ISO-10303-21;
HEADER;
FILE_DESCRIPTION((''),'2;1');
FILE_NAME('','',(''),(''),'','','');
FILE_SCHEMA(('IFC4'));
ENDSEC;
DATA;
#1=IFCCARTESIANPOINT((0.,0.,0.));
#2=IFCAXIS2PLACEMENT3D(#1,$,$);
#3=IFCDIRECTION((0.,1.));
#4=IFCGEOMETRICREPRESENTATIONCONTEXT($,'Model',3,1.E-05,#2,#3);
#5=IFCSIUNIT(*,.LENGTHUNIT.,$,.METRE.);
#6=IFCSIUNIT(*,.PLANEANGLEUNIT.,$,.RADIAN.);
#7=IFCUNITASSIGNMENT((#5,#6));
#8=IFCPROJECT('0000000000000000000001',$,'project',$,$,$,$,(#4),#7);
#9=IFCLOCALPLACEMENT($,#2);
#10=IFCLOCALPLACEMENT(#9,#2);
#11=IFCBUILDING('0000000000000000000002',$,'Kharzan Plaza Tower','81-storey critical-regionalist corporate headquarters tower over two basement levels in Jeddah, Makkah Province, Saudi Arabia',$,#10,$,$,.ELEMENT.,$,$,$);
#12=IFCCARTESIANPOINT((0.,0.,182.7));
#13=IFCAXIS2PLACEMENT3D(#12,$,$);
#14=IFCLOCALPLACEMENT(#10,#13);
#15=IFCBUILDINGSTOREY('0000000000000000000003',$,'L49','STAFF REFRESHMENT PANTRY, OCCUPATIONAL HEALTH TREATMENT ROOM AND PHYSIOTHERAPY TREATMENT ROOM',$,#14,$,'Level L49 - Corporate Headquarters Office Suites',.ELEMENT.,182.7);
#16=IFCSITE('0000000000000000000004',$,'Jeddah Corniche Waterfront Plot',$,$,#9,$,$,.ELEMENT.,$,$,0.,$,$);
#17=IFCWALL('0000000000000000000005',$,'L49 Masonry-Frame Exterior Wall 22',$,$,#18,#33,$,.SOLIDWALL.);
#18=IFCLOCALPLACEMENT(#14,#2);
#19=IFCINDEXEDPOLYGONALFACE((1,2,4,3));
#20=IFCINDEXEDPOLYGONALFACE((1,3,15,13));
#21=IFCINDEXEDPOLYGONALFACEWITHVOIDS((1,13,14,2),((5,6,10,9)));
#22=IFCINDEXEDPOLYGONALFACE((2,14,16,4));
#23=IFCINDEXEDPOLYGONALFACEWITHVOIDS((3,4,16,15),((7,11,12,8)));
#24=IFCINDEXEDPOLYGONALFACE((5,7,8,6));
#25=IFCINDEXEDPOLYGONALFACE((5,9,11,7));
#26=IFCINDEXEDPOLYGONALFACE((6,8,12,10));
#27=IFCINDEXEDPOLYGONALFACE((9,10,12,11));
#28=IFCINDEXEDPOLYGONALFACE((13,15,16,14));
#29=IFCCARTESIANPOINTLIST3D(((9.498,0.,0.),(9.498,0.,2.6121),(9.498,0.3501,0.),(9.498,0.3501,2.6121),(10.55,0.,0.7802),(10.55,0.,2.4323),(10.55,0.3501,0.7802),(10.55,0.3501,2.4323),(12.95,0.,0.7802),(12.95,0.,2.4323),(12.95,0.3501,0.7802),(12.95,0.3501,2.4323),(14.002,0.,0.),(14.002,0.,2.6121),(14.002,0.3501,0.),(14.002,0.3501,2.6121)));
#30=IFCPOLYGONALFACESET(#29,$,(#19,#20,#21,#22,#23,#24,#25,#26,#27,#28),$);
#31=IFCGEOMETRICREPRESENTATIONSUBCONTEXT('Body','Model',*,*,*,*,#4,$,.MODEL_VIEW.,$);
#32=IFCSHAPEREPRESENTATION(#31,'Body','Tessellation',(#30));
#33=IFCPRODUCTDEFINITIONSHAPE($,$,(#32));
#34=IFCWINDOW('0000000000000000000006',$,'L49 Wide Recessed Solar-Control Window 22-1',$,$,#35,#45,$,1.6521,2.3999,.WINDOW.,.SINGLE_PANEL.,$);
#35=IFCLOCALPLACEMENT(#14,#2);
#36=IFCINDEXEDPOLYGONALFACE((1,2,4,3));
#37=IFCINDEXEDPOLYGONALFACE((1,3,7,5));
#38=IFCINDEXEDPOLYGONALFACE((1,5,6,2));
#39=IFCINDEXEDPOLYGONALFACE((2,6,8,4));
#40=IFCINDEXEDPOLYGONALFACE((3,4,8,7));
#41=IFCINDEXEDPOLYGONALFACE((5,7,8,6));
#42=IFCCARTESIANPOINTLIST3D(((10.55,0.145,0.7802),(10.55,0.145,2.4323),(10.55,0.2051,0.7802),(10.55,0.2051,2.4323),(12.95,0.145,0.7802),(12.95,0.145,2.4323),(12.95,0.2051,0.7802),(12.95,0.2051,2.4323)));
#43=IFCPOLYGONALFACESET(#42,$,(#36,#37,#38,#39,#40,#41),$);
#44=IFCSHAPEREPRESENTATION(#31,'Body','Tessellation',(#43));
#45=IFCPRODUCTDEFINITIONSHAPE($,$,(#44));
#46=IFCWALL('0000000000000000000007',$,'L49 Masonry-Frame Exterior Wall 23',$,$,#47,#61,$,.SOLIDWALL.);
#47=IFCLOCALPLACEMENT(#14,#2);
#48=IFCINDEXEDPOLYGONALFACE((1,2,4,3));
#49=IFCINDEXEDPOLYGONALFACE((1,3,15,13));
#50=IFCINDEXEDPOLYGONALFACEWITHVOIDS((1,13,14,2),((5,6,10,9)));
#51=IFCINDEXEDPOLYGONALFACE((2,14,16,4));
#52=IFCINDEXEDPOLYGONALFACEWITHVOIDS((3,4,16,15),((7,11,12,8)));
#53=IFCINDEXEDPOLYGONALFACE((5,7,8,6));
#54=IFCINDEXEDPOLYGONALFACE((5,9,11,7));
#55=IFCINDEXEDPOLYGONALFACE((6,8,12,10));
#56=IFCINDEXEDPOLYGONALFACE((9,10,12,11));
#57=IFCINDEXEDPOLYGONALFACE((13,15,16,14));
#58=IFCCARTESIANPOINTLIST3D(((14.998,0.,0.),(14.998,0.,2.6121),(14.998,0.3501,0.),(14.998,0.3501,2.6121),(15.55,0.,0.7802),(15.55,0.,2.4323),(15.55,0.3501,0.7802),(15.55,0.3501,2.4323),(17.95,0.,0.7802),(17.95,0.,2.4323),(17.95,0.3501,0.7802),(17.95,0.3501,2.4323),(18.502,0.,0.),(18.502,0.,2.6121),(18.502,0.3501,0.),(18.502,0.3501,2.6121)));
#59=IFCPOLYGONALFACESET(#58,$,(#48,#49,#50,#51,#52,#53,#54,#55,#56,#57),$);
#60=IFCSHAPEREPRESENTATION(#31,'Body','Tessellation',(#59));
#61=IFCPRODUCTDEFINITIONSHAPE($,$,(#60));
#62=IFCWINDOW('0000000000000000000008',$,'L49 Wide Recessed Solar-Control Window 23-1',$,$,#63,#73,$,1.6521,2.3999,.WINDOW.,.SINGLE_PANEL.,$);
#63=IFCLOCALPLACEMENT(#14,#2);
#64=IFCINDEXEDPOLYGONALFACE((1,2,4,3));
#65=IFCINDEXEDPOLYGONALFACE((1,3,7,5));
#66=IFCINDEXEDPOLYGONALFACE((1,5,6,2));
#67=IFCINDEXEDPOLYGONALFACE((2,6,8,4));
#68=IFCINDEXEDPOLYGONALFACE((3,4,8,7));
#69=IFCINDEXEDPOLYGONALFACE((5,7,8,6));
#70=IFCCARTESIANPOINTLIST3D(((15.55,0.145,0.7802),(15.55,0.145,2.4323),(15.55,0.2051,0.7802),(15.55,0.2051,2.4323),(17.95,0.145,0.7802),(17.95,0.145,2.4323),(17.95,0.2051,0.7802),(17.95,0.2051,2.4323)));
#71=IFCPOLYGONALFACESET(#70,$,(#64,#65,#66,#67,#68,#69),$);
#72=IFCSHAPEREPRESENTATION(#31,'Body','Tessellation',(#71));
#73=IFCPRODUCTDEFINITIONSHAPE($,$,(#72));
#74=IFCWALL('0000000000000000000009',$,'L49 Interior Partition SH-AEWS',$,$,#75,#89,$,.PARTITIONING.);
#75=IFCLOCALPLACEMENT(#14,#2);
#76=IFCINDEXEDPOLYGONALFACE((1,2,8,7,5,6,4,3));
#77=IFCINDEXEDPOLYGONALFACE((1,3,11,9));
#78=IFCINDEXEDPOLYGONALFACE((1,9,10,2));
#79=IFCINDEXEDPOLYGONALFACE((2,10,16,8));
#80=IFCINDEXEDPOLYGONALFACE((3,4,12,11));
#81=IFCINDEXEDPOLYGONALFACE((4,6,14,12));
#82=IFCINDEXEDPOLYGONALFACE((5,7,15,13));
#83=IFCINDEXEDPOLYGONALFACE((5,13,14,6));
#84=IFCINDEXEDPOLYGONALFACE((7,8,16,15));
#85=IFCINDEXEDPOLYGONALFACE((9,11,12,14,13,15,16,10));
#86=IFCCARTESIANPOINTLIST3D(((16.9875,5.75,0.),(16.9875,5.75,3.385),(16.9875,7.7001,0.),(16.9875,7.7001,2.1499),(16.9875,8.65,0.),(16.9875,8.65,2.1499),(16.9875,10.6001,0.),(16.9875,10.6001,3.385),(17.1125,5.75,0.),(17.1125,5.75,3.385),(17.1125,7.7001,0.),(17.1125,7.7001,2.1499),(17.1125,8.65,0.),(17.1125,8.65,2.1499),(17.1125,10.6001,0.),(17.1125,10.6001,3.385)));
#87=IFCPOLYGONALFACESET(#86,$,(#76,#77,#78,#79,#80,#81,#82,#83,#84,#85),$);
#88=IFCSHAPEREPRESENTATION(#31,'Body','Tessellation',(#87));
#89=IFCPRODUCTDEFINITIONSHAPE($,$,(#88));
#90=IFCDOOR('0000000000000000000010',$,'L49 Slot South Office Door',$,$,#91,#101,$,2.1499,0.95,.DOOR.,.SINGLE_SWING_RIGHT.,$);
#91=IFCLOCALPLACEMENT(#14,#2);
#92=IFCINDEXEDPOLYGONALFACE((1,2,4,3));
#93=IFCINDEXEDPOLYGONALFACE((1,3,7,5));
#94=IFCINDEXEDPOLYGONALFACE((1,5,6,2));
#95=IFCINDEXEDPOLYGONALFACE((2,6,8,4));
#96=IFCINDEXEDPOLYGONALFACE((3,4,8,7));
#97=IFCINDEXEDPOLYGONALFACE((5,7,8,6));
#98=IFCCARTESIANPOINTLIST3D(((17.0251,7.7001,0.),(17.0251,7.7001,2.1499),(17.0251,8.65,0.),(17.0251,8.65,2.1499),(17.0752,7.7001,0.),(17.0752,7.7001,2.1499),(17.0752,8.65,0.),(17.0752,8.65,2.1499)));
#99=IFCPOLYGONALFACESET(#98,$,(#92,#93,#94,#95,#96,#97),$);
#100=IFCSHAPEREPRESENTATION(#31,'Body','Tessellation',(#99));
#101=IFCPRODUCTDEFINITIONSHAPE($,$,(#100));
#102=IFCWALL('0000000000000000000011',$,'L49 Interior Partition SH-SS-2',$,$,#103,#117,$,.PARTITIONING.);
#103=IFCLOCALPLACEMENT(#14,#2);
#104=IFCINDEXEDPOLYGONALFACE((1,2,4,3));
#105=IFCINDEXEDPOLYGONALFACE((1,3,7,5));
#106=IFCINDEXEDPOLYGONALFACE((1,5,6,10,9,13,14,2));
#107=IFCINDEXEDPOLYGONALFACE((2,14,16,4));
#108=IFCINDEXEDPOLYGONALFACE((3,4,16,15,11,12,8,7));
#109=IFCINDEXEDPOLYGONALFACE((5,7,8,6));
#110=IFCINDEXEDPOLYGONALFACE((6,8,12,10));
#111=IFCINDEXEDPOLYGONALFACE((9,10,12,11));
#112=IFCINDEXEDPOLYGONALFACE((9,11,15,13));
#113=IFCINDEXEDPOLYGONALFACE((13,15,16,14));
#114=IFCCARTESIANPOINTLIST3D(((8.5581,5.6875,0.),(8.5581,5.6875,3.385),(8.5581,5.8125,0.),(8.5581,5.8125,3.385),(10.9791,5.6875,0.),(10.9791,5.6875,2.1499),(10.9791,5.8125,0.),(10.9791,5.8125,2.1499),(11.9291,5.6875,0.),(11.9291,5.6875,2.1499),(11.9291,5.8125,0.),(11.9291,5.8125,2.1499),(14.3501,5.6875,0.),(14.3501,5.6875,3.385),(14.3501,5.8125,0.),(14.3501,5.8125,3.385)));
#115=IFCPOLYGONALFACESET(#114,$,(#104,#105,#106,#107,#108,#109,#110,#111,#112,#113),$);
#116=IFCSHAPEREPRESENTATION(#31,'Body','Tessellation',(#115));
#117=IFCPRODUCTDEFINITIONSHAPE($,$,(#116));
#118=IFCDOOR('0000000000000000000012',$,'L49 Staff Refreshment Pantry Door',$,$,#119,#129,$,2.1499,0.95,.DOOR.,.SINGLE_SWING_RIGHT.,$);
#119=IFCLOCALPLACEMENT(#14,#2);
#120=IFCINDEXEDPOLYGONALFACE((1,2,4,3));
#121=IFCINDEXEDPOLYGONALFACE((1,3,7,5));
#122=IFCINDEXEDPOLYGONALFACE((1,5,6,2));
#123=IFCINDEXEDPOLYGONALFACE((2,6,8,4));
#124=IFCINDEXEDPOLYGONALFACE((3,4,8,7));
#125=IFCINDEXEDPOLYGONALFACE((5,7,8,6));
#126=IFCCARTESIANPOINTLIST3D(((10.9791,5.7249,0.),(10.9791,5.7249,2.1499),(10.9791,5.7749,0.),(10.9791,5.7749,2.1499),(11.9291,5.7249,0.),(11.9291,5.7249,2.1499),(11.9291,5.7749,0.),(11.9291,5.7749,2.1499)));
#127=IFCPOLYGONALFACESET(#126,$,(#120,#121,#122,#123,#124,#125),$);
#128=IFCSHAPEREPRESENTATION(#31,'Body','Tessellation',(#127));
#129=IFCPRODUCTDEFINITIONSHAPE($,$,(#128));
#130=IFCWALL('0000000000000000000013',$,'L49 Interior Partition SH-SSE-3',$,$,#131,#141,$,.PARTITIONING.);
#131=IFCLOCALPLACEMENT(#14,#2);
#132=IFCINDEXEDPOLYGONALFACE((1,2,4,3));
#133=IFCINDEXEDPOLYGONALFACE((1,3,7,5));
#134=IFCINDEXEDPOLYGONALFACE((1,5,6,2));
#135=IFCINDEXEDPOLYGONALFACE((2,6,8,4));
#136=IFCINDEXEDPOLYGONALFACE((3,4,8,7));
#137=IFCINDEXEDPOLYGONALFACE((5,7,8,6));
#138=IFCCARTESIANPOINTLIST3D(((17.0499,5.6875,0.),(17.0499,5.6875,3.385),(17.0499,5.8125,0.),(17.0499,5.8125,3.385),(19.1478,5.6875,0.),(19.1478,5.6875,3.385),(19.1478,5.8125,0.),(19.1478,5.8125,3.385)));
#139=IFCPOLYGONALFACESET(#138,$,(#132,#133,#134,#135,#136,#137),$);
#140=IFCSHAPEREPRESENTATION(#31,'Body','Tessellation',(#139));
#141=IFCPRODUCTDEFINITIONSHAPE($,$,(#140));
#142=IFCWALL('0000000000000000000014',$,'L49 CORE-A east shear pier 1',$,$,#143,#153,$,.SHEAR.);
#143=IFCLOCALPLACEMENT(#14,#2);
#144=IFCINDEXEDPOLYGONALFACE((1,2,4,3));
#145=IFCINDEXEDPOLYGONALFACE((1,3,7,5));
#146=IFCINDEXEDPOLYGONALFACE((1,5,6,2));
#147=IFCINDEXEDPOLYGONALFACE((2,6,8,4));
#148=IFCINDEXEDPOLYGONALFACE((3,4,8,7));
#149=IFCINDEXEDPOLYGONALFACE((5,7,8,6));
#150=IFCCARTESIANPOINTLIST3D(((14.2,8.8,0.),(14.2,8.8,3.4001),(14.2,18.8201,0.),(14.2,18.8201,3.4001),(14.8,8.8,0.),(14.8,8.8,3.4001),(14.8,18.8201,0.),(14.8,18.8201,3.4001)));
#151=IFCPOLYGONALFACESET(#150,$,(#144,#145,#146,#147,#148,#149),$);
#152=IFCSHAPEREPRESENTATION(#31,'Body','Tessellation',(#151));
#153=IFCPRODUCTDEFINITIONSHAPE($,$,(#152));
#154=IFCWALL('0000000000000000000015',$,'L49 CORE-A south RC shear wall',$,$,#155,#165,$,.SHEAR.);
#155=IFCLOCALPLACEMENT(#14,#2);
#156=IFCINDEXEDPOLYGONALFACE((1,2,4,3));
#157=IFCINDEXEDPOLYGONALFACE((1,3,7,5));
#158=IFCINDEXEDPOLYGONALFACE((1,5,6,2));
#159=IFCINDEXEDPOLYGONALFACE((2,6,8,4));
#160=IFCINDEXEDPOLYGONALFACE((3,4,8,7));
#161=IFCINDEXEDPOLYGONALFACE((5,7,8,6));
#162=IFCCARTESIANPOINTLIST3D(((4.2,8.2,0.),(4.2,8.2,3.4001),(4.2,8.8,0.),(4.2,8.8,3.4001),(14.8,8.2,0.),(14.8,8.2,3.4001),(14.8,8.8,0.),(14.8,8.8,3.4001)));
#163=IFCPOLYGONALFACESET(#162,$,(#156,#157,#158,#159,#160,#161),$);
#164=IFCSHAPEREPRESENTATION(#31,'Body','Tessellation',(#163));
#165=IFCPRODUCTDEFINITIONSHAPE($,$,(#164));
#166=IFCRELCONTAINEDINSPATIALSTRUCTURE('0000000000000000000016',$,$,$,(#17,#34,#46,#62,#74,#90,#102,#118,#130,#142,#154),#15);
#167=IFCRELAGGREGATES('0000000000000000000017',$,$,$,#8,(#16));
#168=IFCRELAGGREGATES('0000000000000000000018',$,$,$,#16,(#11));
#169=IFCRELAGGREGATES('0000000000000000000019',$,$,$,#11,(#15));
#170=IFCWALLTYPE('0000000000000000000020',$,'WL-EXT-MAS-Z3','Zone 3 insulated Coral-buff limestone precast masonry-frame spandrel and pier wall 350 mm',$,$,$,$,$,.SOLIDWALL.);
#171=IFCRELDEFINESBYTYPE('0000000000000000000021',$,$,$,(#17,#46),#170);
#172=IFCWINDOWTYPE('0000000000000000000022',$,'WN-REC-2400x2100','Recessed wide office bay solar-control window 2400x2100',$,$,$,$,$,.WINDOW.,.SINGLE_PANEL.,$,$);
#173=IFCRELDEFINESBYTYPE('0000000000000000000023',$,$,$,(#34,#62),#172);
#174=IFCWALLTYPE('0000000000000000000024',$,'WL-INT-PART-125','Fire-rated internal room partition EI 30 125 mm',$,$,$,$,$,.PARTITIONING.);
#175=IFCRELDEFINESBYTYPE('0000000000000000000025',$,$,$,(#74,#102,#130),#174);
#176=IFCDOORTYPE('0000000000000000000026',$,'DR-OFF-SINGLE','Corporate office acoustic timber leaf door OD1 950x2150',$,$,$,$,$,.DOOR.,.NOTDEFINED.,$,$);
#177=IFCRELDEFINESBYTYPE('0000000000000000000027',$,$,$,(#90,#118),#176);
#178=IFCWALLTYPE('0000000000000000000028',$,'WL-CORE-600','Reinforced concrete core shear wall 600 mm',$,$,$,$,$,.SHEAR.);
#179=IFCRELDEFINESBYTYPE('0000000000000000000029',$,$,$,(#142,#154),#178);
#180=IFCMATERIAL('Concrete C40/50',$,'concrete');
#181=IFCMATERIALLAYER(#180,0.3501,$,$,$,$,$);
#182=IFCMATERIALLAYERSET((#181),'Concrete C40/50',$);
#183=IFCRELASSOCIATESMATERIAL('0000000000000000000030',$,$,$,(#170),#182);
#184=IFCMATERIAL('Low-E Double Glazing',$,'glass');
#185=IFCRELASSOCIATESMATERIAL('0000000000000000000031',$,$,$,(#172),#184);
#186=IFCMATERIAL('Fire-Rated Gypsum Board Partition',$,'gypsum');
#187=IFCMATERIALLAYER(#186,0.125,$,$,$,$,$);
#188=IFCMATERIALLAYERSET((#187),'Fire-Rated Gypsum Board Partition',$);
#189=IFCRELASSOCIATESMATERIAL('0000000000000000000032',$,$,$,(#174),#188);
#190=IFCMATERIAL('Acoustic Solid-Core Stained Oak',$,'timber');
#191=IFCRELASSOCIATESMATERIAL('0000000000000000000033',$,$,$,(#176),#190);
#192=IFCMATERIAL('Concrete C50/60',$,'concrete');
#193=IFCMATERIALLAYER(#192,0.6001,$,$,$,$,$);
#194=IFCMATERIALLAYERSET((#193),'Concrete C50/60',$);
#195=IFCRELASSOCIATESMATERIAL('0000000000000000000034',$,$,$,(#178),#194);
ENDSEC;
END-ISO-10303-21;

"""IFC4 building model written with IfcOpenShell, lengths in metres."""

from ifc_helpers import new_model, si_unit, direction, frame, frame_2d, origin, place, context, subcontext, project, spatial, rectangle, extrude, source, transform, mapped, material, layer, layer_set, type_object, element, fill, save


model = new_model("IFC4")

# Units and contexts
model_context = context("Model", 3, precision=1e-05, world=origin(), true_north=direction((0.0, 1.0)))
body_context = subcontext(model_context, "Body", "Model", "MODEL_VIEW")
ifc_project = project(units=[si_unit("LENGTHUNIT", "METRE"), si_unit("PLANEANGLEUNIT", "RADIAN")], contexts=[model_context])

# Site, building, storey
site_placement = place(None, origin())
site = spatial("IfcSite", under=ifc_project, at=site_placement, Name="Jeddah Corniche Waterfront Plot", CompositionType="ELEMENT", RefElevation=0.0)
building_placement = place(site_placement, origin())
building = spatial("IfcBuilding", under=site, at=building_placement, Name="Kharzan Plaza Tower", Description="81-storey critical-regionalist corporate headquarters tower over two basement levels in Jeddah, Makkah Province, Saudi Arabia", CompositionType="ELEMENT")
storey_placement = place(building_placement, frame((0.0, 0.0, 182.7)))
storey = spatial("IfcBuildingStorey", under=building, at=storey_placement, Name="L49", Description="STAFF REFRESHMENT PANTRY, OCCUPATIONAL HEALTH TREATMENT ROOM AND PHYSIOTHERAPY TREATMENT ROOM", LongName="Level L49 - Corporate Headquarters Office Suites", CompositionType="ELEMENT", Elevation=182.7)

# Shared definitions
ifc_material_1 = material(Name="Concrete C50/60", Category="concrete")

# Walls, openings, windows
ifc_material_2 = material(Name="Concrete C40/50", Category="concrete")
ifc_layer_1 = layer(ifc_material_2, 0.3501)
ifc_layer_set_1 = layer_set([ifc_layer_1], Name="Concrete C40/50")
wall_type_1 = type_object("IfcWallType", Name="WL-EXT-MAS-Z3", Description="Zone 3 insulated Coral-buff limestone precast masonry-frame spandrel and pier wall 350 mm", PredefinedType="SOLIDWALL", material=ifc_layer_set_1)
ifc_material_3 = material(Name="Low-E Double Glazing", Category="glass")
window_type = type_object("IfcWindowType", Name="WN-REC-2400x2100", Description="Recessed wide office bay solar-control window 2400x2100", PartitioningType="SINGLE_PANEL", PredefinedType="WINDOW", material=ifc_material_3)
shared_shape_1 = source(origin(), body_context, "Body", "SweptSolid", [
    extrude(rectangle(XDim=2.3999, YDim=1.6521, at=frame_2d((1.2, 0.8262))), frame((0.0, 0.03, 0.0), z_axis=(0.0, -1.0, 0.0), x_axis=(1.0, 0.0, 0.0)), (0.0, 0.0, 1.0), 0.0601),
])
wall_1_placement = place(storey_placement, frame((9.498, 0.175, 0.0), z_axis=(0.0, 0.0, 1.0), x_axis=(1.0, 0.0, 0.0)))
wall_1 = element("IfcWall", 1, at=wall_1_placement, inside=storey, type_object=wall_type_1, Name="L49 Masonry-Frame Exterior Wall 22", PredefinedType="SOLIDWALL", context=body_context, shape_type="SweptSolid", body=[
    extrude(rectangle(XDim=4.5039, YDim=0.3501, at=frame_2d((2.252, 0.0))), origin(), (0.0, 0.0, 1.0), 2.6121),
])
opening_1_placement = place(wall_1_placement, frame((1.052, 0.0, 0.78)))
opening_1 = element("IfcOpeningElement", 2, at=opening_1_placement, cuts=wall_1, PredefinedType="OPENING", context=body_context, shape_type="SweptSolid", body=[
    extrude(rectangle(XDim=2.3999, YDim=1.6521, at=frame_2d((1.2, 0.8262))), frame((0.0, 0.1851, 0.0), z_axis=(0.0, -1.0, 0.0), x_axis=(1.0, 0.0, 0.0)), (0.0, 0.0, 1.0), 0.3701),
])
window_1_placement = place(opening_1_placement, origin())
window_1 = element("IfcWindow", 3, at=window_1_placement, inside=storey, type_object=window_type, Name="L49 Wide Recessed Solar-Control Window 22-1", OverallHeight=1.6521, OverallWidth=2.3999, PartitioningType="SINGLE_PANEL", PredefinedType="WINDOW", context=body_context, shape_type="MappedRepresentation", body=[
    mapped(shared_shape_1, transform((0.0, 0.0, 0.0), x_axis=(1.0, 0.0, 0.0), y_axis=(0.0, 1.0, 0.0), z_axis=(0.0, 0.0, 1.0))),
])
fill(opening_1, window_1)
wall_2_placement = place(storey_placement, frame((14.998, 0.175, 0.0), z_axis=(0.0, 0.0, 1.0), x_axis=(1.0, 0.0, 0.0)))
wall_2 = element("IfcWall", 4, at=wall_2_placement, inside=storey, type_object=wall_type_1, Name="L49 Masonry-Frame Exterior Wall 23", PredefinedType="SOLIDWALL", context=body_context, shape_type="SweptSolid", body=[
    extrude(rectangle(XDim=3.5039, YDim=0.3501, at=frame_2d((1.752, 0.0))), origin(), (0.0, 0.0, 1.0), 2.6121),
])
opening_2_placement = place(wall_2_placement, frame((0.552, 0.0, 0.78)))
opening_2 = element("IfcOpeningElement", 5, at=opening_2_placement, cuts=wall_2, PredefinedType="OPENING", context=body_context, shape_type="SweptSolid", body=[
    extrude(rectangle(XDim=2.3999, YDim=1.6521, at=frame_2d((1.2, 0.8262))), frame((0.0, 0.1851, 0.0), z_axis=(0.0, -1.0, 0.0), x_axis=(1.0, 0.0, 0.0)), (0.0, 0.0, 1.0), 0.3701),
])
window_2_placement = place(opening_2_placement, origin())
window_2 = element("IfcWindow", 6, at=window_2_placement, inside=storey, type_object=window_type, Name="L49 Wide Recessed Solar-Control Window 23-1", OverallHeight=1.6521, OverallWidth=2.3999, PartitioningType="SINGLE_PANEL", PredefinedType="WINDOW", context=body_context, shape_type="MappedRepresentation", body=[
    mapped(shared_shape_1, transform((0.0, 0.0, 0.0), x_axis=(1.0, 0.0, 0.0), y_axis=(0.0, 1.0, 0.0), z_axis=(0.0, 0.0, 1.0))),
])
fill(opening_2, window_2)

# Walls, openings, doors
ifc_material_4 = material(Name="Fire-Rated Gypsum Board Partition", Category="gypsum")
ifc_layer_2 = layer(ifc_material_4, 0.125)
ifc_layer_set_2 = layer_set([ifc_layer_2], Name="Fire-Rated Gypsum Board Partition")
wall_type_2 = type_object("IfcWallType", Name="WL-INT-PART-125", Description="Fire-rated internal room partition EI 30 125 mm", PredefinedType="PARTITIONING", material=ifc_layer_set_2)
wall_3_placement = place(storey_placement, frame((17.05, 5.75, 0.0), z_axis=(0.0, 0.0, 1.0), x_axis=(0.0, 1.0, 0.0)))
wall_3 = element("IfcWall", 7, at=wall_3_placement, inside=storey, type_object=wall_type_2, Name="L49 Interior Partition SH-AEWS", PredefinedType="PARTITIONING", context=body_context, shape_type="SweptSolid", body=[
    extrude(rectangle(XDim=4.8501, YDim=0.125, at=frame_2d((2.425, 0.0))), origin(), (0.0, 0.0, 1.0), 3.385),
])
opening_3_placement = place(wall_3_placement, frame((1.95, 0.0, 0.0)))
opening_3 = element("IfcOpeningElement", 8, at=opening_3_placement, cuts=wall_3, PredefinedType="OPENING", context=body_context, shape_type="SweptSolid", body=[
    extrude(rectangle(XDim=0.95, YDim=2.1499, at=frame_2d((0.4751, 1.075))), frame((0.0, 0.0725, 0.0), z_axis=(0.0, -1.0, 0.0), x_axis=(1.0, 0.0, 0.0)), (0.0, 0.0, 1.0), 0.145),
])
ifc_material_5 = material(Name="Acoustic Solid-Core Stained Oak", Category="timber")
door_type = type_object("IfcDoorType", Name="DR-OFF-SINGLE", Description="Corporate office acoustic timber leaf door OD1 950x2150", OperationType="NOTDEFINED", PredefinedType="DOOR", material=ifc_material_5)
shared_shape_2 = source(origin(), body_context, "Body", "SweptSolid", [
    extrude(rectangle(XDim=0.95, YDim=2.1499, at=frame_2d((0.4751, 1.075))), frame((0.0, 0.0249, 0.0), z_axis=(0.0, -1.0, 0.0), x_axis=(1.0, 0.0, 0.0)), (0.0, 0.0, 1.0), 0.05),
])
door_1_placement = place(opening_3_placement, origin())
door_1 = element("IfcDoor", 9, at=door_1_placement, inside=storey, type_object=door_type, Name="L49 Slot South Office Door", OperationType="SINGLE_SWING_RIGHT", OverallHeight=2.1499, OverallWidth=0.95, PredefinedType="DOOR", context=body_context, shape_type="MappedRepresentation", body=[
    mapped(shared_shape_2, transform((0.0, 0.0, 0.0), x_axis=(1.0, 0.0, 0.0), y_axis=(0.0, 1.0, 0.0), z_axis=(0.0, 0.0, 1.0))),
])
fill(opening_3, door_1)
wall_4_placement = place(storey_placement, frame((8.5581, 5.75, 0.0), z_axis=(0.0, 0.0, 1.0), x_axis=(1.0, 0.0, 0.0)))
wall_4 = element("IfcWall", 10, at=wall_4_placement, inside=storey, type_object=wall_type_2, Name="L49 Interior Partition SH-SS-2", PredefinedType="PARTITIONING", context=body_context, shape_type="SweptSolid", body=[
    extrude(rectangle(XDim=5.792, YDim=0.125, at=frame_2d((2.896, 0.0))), origin(), (0.0, 0.0, 1.0), 3.385),
])
opening_4_placement = place(wall_4_placement, frame((2.4209, 0.0, 0.0)))
opening_4 = element("IfcOpeningElement", 11, at=opening_4_placement, cuts=wall_4, PredefinedType="OPENING", context=body_context, shape_type="SweptSolid", body=[
    extrude(rectangle(XDim=0.95, YDim=2.1499, at=frame_2d((0.4751, 1.075))), frame((0.0, 0.0725, 0.0), z_axis=(0.0, -1.0, 0.0), x_axis=(1.0, 0.0, 0.0)), (0.0, 0.0, 1.0), 0.145),
])
door_2_placement = place(opening_4_placement, origin())
door_2 = element("IfcDoor", 12, at=door_2_placement, inside=storey, type_object=door_type, Name="L49 Staff Refreshment Pantry Door", OperationType="SINGLE_SWING_RIGHT", OverallHeight=2.1499, OverallWidth=0.95, PredefinedType="DOOR", context=body_context, shape_type="MappedRepresentation", body=[
    mapped(shared_shape_2, transform((0.0, 0.0, 0.0), x_axis=(1.0, 0.0, 0.0), y_axis=(0.0, 1.0, 0.0), z_axis=(0.0, 0.0, 1.0))),
])
fill(opening_4, door_2)

# Walls
shared_shape_3 = source(origin(), body_context, "Body", "SweptSolid", [
    extrude(rectangle(XDim=2.0979, YDim=0.125, at=frame_2d((1.0488, 0.0))), origin(), (0.0, 0.0, 1.0), 3.385),
])
wall_5_placement = place(storey_placement, frame((17.05, 5.75, 0.0), z_axis=(0.0, 0.0, 1.0), x_axis=(1.0, 0.0, 0.0)))
element("IfcWall", 13, at=wall_5_placement, inside=storey, type_object=wall_type_2, Name="L49 Interior Partition SH-SSE-3", PredefinedType="PARTITIONING", context=body_context, shape_type="MappedRepresentation", body=[
    mapped(shared_shape_3, transform((0.0, 0.0, 0.0), x_axis=(1.0, 0.0, 0.0), y_axis=(0.0, 1.0, 0.0), z_axis=(0.0, 0.0, 1.0))),
])
ifc_layer_3 = layer(ifc_material_1, 0.6001)
ifc_layer_set_3 = layer_set([ifc_layer_3], Name="Concrete C50/60")
wall_type_3 = type_object("IfcWallType", Name="WL-CORE-600", Description="Reinforced concrete core shear wall 600 mm", PredefinedType="SHEAR", material=ifc_layer_set_3)
shared_shape_4 = source(origin(), body_context, "Body", "SweptSolid", [
    extrude(rectangle(XDim=10.02, YDim=0.6001, at=frame_2d((5.01, 0.0))), origin(), (0.0, 0.0, 1.0), 3.4001),
])
wall_6_placement = place(storey_placement, frame((14.5, 8.8, 0.0), z_axis=(0.0, 0.0, 1.0), x_axis=(0.0, 1.0, 0.0)))
element("IfcWall", 14, at=wall_6_placement, inside=storey, type_object=wall_type_3, Name="L49 CORE-A east shear pier 1", PredefinedType="SHEAR", context=body_context, shape_type="MappedRepresentation", body=[
    mapped(shared_shape_4, transform((0.0, 0.0, 0.0), x_axis=(1.0, 0.0, 0.0), y_axis=(0.0, 1.0, 0.0), z_axis=(0.0, 0.0, 1.0))),
])
shared_shape_5 = source(origin(), body_context, "Body", "SweptSolid", [
    extrude(rectangle(XDim=10.6001, YDim=0.6001, at=frame_2d((5.3, 0.0))), origin(), (0.0, 0.0, 1.0), 3.4001),
])
wall_7_placement = place(storey_placement, frame((4.2, 8.5, 0.0), z_axis=(0.0, 0.0, 1.0), x_axis=(1.0, 0.0, 0.0)))
element("IfcWall", 15, at=wall_7_placement, inside=storey, type_object=wall_type_3, Name="L49 CORE-A south RC shear wall", PredefinedType="SHEAR", context=body_context, shape_type="MappedRepresentation", body=[
    mapped(shared_shape_5, transform((0.0, 0.0, 0.0), x_axis=(1.0, 0.0, 0.0), y_axis=(0.0, 1.0, 0.0), z_axis=(0.0, 0.0, 1.0))),
])

save(model, "model.ifc")
